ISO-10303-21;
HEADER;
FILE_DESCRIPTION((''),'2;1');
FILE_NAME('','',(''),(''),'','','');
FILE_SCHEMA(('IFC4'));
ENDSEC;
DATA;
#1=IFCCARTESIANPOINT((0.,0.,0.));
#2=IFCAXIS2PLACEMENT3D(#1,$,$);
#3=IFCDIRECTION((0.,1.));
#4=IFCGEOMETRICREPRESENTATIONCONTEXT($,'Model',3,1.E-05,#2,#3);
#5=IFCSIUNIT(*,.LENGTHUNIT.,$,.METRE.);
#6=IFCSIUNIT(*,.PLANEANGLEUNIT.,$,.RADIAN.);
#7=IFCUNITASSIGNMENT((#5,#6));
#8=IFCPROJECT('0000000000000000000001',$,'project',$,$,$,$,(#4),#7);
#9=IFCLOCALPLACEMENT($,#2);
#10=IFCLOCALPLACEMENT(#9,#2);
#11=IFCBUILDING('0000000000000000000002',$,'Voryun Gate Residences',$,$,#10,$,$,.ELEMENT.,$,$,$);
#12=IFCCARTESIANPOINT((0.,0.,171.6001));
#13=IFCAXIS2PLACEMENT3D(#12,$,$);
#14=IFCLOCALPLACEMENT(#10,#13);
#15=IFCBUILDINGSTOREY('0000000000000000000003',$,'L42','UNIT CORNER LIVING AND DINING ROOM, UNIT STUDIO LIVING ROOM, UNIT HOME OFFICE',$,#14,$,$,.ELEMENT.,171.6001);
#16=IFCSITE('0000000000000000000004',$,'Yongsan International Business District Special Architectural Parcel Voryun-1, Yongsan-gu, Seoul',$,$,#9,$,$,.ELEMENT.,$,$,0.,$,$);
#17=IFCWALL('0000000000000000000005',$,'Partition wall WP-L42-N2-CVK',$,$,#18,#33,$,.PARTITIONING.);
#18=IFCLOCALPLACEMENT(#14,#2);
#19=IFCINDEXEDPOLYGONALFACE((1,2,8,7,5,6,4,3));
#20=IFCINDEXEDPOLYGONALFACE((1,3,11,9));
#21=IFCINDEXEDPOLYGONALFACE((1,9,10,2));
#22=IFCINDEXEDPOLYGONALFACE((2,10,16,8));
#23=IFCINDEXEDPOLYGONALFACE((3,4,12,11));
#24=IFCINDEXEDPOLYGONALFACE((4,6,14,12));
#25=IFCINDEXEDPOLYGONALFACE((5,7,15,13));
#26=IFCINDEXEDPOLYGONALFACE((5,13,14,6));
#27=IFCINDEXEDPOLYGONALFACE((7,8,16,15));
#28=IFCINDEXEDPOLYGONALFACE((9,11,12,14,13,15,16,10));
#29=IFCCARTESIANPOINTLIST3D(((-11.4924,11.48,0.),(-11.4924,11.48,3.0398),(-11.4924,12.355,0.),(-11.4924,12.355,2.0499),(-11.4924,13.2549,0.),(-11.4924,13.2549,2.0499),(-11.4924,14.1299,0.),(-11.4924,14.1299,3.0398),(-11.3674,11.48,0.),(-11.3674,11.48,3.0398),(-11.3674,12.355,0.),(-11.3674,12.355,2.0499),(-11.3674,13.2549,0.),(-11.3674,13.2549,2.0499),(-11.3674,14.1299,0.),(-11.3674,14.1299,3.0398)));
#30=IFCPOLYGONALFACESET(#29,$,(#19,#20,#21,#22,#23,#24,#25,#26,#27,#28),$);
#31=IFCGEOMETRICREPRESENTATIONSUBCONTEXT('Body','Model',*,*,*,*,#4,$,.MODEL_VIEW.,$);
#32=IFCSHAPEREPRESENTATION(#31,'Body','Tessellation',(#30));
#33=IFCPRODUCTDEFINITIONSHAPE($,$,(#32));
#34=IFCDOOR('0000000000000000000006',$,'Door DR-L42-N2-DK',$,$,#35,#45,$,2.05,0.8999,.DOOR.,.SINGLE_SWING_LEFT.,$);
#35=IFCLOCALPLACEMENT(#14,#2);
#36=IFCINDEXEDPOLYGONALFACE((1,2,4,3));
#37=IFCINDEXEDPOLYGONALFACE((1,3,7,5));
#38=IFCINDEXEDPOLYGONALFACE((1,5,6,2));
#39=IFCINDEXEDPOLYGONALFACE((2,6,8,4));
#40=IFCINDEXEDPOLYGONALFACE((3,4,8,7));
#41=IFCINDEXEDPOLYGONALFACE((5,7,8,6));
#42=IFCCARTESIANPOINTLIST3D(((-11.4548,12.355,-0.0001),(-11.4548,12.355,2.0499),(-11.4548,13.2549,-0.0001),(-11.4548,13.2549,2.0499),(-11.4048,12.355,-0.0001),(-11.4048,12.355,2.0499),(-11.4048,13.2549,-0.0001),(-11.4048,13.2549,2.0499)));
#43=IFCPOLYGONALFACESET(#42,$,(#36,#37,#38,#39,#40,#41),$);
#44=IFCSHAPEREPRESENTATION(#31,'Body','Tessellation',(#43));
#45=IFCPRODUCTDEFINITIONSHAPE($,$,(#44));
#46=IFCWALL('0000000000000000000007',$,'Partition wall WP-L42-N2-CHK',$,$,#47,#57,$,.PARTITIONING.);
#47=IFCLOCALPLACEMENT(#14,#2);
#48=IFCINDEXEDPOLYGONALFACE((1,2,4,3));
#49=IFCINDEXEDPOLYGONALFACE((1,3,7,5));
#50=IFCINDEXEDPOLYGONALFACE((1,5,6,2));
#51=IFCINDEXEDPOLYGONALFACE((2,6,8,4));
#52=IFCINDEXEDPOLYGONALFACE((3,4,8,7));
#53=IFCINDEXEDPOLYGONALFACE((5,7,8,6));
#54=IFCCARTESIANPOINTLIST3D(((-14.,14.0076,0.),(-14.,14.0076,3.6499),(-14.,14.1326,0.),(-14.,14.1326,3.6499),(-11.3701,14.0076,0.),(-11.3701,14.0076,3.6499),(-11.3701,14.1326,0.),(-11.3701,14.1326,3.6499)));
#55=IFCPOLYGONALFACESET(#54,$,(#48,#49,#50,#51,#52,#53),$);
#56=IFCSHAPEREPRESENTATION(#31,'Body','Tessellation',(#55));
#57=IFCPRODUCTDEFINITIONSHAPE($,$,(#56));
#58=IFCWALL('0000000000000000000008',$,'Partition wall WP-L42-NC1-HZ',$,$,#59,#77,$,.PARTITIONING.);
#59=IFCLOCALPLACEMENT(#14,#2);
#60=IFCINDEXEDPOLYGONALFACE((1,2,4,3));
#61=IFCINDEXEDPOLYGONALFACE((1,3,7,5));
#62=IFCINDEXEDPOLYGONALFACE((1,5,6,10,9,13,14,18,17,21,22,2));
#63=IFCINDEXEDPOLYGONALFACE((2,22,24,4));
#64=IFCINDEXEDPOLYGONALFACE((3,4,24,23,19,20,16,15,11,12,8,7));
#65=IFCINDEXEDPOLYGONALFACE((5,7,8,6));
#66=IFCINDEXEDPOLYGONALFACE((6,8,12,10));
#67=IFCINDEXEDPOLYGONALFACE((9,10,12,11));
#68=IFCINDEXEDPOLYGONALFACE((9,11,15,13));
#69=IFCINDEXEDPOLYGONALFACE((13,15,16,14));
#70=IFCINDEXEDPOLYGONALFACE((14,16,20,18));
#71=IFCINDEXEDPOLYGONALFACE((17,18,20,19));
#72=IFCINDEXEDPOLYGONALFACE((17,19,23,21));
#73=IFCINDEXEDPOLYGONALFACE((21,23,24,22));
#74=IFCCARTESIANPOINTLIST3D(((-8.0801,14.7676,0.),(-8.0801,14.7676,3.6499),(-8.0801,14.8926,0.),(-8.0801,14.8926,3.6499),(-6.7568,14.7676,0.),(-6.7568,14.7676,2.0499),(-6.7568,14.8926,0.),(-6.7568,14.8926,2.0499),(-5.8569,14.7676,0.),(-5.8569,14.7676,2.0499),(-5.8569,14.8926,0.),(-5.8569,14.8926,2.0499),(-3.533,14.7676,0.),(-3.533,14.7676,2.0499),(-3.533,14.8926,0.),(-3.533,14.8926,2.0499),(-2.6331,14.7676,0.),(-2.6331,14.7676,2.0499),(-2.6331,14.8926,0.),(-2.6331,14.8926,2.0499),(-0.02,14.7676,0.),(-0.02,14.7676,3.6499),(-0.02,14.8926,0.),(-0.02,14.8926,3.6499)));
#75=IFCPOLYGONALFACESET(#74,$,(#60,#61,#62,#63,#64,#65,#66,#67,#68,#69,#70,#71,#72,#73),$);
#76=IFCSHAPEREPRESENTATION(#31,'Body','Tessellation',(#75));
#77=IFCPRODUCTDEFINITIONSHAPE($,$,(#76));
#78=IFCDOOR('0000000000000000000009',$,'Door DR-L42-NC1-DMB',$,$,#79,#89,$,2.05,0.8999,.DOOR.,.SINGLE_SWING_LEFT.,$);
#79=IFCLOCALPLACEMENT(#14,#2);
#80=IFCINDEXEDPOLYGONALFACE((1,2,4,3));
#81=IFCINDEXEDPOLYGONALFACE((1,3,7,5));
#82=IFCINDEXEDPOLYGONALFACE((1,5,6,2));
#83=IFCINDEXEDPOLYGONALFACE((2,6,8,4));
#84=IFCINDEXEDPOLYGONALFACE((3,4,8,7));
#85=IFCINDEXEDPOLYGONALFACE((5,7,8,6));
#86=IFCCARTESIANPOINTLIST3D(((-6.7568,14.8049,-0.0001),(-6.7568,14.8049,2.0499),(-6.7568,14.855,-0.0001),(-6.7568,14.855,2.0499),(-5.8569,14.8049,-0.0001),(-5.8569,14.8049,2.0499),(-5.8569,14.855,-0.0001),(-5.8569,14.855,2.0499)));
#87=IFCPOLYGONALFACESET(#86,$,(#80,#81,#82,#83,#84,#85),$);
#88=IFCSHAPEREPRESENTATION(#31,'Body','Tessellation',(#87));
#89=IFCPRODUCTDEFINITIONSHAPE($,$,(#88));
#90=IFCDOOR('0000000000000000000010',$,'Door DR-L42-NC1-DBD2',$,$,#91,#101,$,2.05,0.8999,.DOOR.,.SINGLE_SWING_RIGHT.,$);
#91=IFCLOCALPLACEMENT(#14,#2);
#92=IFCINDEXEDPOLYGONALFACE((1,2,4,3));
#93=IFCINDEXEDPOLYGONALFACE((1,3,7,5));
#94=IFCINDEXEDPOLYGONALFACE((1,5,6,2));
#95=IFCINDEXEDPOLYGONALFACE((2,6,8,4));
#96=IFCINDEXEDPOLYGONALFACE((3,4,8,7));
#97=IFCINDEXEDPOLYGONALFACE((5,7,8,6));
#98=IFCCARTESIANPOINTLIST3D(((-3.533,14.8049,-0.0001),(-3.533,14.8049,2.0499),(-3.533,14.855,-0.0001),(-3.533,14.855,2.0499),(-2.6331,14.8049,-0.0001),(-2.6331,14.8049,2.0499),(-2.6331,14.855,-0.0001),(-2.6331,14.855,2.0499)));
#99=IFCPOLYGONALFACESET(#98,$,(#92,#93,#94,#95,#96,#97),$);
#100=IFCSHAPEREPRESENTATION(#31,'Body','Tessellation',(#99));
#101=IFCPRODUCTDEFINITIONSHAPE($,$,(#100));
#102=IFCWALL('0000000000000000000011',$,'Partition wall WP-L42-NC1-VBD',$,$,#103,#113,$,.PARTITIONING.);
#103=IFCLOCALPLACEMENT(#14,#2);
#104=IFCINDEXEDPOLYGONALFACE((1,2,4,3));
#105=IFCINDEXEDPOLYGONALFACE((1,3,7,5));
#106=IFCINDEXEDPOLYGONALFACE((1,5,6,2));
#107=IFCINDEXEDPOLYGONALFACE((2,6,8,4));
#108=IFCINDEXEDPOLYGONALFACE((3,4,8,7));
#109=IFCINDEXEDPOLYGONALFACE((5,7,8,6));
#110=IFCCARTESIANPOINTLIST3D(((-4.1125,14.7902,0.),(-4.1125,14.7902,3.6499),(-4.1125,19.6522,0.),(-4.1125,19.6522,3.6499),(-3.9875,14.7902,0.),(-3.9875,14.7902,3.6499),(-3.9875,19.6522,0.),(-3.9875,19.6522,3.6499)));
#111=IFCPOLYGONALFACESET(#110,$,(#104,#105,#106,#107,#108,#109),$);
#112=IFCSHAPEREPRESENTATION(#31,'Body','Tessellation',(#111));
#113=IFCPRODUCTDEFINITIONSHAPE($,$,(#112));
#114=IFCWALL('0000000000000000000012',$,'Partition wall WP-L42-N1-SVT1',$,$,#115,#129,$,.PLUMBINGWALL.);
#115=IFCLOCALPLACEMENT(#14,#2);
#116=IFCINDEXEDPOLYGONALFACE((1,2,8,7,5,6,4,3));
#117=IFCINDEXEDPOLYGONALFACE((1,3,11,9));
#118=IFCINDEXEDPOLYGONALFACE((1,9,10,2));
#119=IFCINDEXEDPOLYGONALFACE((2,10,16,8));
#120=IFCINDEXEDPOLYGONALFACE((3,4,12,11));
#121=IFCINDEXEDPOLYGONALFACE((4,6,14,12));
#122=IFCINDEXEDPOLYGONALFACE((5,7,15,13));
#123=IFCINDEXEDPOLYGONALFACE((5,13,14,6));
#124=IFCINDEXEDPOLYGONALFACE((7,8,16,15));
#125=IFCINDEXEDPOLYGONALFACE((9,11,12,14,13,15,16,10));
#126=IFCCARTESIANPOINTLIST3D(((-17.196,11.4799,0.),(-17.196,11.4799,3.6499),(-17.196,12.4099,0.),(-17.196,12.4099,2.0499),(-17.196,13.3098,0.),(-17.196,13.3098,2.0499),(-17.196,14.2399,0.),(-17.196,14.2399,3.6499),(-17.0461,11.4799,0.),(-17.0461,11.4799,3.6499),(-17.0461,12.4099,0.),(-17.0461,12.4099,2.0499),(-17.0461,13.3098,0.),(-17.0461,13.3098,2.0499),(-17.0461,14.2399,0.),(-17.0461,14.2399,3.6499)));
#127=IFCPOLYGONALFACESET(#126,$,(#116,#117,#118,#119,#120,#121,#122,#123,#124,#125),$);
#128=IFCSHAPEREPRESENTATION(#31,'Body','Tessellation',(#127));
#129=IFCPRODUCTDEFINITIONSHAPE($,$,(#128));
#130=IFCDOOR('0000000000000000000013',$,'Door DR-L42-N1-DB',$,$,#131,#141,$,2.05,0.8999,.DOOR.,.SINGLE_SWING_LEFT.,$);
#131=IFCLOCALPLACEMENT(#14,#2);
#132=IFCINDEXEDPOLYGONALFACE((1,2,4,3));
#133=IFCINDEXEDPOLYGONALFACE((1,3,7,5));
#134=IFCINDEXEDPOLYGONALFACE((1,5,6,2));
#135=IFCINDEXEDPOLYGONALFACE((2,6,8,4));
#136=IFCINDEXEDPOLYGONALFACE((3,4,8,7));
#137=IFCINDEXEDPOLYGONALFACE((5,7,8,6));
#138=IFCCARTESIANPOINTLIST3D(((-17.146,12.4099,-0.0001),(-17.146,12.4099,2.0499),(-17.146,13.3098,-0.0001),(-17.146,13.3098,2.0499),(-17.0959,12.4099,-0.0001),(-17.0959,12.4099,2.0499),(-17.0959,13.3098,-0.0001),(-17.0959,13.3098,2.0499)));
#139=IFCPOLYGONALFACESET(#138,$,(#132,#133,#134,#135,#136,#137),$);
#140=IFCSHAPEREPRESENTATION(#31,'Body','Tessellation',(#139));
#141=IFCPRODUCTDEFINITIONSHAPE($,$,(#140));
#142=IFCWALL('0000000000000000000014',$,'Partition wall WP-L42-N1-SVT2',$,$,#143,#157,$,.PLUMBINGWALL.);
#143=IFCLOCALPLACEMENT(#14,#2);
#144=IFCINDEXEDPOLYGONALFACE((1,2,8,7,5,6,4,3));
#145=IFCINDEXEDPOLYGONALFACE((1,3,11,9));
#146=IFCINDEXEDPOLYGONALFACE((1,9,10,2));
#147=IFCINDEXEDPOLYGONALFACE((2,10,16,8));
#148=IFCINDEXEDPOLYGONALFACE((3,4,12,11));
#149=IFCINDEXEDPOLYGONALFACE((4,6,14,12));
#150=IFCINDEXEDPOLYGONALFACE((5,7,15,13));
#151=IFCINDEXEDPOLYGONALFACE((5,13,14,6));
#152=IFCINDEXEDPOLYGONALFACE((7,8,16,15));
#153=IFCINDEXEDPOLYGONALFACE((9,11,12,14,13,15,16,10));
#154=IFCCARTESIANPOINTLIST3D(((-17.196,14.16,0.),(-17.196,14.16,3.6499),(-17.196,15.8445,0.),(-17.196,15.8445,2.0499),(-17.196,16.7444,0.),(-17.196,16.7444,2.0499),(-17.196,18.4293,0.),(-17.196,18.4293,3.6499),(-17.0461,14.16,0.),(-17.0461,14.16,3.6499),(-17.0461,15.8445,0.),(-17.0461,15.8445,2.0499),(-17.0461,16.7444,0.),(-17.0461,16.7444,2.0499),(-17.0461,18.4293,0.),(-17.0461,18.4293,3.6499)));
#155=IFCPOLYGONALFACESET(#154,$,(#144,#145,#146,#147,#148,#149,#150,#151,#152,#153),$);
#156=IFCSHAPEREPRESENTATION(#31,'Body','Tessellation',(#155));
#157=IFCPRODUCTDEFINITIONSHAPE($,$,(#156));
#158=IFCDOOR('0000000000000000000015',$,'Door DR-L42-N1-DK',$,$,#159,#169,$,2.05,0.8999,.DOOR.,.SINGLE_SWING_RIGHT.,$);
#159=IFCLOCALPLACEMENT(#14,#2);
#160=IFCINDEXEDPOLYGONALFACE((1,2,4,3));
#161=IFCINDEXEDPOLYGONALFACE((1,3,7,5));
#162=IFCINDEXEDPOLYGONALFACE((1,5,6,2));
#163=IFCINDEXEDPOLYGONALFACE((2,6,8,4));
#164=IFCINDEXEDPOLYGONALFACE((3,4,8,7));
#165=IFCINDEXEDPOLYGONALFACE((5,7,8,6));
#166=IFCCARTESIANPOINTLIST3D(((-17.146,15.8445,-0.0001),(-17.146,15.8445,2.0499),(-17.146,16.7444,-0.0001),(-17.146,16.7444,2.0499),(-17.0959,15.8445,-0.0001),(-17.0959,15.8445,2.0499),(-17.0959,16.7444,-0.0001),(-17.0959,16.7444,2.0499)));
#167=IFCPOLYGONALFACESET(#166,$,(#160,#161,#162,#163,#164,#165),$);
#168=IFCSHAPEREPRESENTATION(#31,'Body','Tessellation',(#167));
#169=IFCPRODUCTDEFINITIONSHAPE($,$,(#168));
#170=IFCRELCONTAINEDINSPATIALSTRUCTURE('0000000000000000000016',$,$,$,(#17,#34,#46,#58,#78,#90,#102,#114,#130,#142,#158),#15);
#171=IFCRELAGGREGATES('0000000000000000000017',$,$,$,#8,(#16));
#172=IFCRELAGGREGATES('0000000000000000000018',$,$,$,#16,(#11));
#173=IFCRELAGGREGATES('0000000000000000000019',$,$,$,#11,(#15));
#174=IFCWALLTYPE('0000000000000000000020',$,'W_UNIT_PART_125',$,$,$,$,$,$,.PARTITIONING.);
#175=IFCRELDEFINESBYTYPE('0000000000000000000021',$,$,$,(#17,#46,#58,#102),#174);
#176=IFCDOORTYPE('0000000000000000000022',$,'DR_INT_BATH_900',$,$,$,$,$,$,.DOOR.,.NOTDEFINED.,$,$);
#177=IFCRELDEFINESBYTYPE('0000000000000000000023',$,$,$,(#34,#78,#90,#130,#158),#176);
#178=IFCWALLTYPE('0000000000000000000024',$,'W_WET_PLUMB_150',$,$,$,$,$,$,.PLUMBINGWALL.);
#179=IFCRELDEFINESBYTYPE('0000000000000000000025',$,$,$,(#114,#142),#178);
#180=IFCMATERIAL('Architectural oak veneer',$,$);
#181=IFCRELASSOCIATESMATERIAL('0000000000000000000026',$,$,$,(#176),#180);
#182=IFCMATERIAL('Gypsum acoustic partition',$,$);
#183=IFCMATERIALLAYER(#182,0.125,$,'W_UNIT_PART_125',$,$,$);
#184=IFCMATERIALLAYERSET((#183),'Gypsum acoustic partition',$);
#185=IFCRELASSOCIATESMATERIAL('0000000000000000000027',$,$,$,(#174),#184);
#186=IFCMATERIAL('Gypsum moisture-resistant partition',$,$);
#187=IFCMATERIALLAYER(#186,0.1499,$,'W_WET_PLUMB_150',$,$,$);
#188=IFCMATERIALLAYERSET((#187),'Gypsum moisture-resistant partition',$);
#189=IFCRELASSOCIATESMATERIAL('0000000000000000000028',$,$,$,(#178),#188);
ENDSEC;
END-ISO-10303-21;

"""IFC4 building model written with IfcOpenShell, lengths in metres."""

from ifc_helpers import new_model, si_unit, direction, frame, frame_2d, origin, place, context, subcontext, project, spatial, rectangle, extrude, material, layer, layer_set, type_object, element, fill, save


model = new_model("IFC4")

# Units and contexts
model_context = context("Model", 3, precision=1e-05, world=origin(), true_north=direction((0.0, 1.0)))
body_context = subcontext(model_context, "Body", "Model", "MODEL_VIEW")
ifc_project = project(units=[si_unit("LENGTHUNIT", "METRE"), si_unit("PLANEANGLEUNIT", "RADIAN")], contexts=[model_context])

# Site, building, storey
site_placement = place(None, origin())
site = spatial("IfcSite", under=ifc_project, at=site_placement, Name="Yongsan International Business District Special Architectural Parcel Voryun-1, Yongsan-gu, Seoul", CompositionType="ELEMENT", RefElevation=0.0)
building_placement = place(site_placement, origin())
building = spatial("IfcBuilding", under=site, at=building_placement, Name="Voryun Gate Residences", CompositionType="ELEMENT")
storey_placement = place(building_placement, frame((0.0, 0.0, 171.6001)))
storey = spatial("IfcBuildingStorey", under=building, at=storey_placement, Name="L42", Description="UNIT CORNER LIVING AND DINING ROOM, UNIT STUDIO LIVING ROOM, UNIT HOME OFFICE", CompositionType="ELEMENT", Elevation=171.6001)

# Shared definitions
ifc_material_1 = material(Name="Architectural oak veneer")
door_type = type_object("IfcDoorType", Name="DR_INT_BATH_900", OperationType="NOTDEFINED", PredefinedType="DOOR", material=ifc_material_1)

# Wall, opening, door
ifc_material_2 = material(Name="Gypsum acoustic partition")
ifc_layer_1 = layer(ifc_material_2, 0.125, Name="W_UNIT_PART_125")
ifc_layer_set_1 = layer_set([ifc_layer_1], Name="Gypsum acoustic partition")
wall_type_1 = type_object("IfcWallType", Name="W_UNIT_PART_125", PredefinedType="PARTITIONING", material=ifc_layer_set_1)
wall_1_placement = place(storey_placement, frame((-11.4299, 11.48, 0.0), z_axis=(0.0, 0.0, 1.0), x_axis=(0.0, 1.0, 0.0)))
wall_1 = element("IfcWall", 1, at=wall_1_placement, inside=storey, type_object=wall_type_1, Name="Partition wall WP-L42-N2-CVK", PredefinedType="PARTITIONING", context=body_context, shape_type="SweptSolid", body=[
    extrude(rectangle(XDim=2.6499, YDim=0.125, at=frame_2d((1.325, 0.0))), origin(), (0.0, 0.0, 1.0), 3.0398),
])
opening_1_placement = place(wall_1_placement, frame((0.875, 0.0, 0.0)))
opening_1 = element("IfcOpeningElement", 2, at=opening_1_placement, cuts=wall_1, PredefinedType="OPENING", context=body_context, shape_type="SweptSolid", body=[
    extrude(rectangle(XDim=0.8999, YDim=2.05, at=frame_2d((0.45, 1.0249))), frame((0.0, 0.0725, 0.0), z_axis=(0.0, -1.0, 0.0), x_axis=(1.0, 0.0, 0.0)), (0.0, 0.0, 1.0), 0.145),
])
door_1_placement = place(opening_1_placement, origin())
door_1 = element("IfcDoor", 3, at=door_1_placement, inside=storey, type_object=door_type, Name="Door DR-L42-N2-DK", OperationType="SINGLE_SWING_LEFT", OverallHeight=2.05, OverallWidth=0.8999, PredefinedType="DOOR", context=body_context, shape_type="SweptSolid", body=[
    extrude(rectangle(XDim=0.8999, YDim=2.05, at=frame_2d((0.45, 1.0249))), frame((0.0, 0.0249, 0.0), z_axis=(0.0, -1.0, 0.0), x_axis=(1.0, 0.0, 0.0)), (0.0, 0.0, 1.0), 0.05),
])
fill(opening_1, door_1)

# Wall
wall_2_placement = place(storey_placement, frame((-14.0, 14.0701, 0.0), z_axis=(0.0, 0.0, 1.0), x_axis=(1.0, 0.0, 0.0)))
element("IfcWall", 4, at=wall_2_placement, inside=storey, type_object=wall_type_1, Name="Partition wall WP-L42-N2-CHK", PredefinedType="PARTITIONING", context=body_context, shape_type="SweptSolid", body=[
    extrude(rectangle(XDim=2.6299, YDim=0.125, at=frame_2d((1.3149, 0.0))), origin(), (0.0, 0.0, 1.0), 3.6499),
])

# Wall, openings, doors
wall_3_placement = place(storey_placement, frame((-8.0801, 14.8301, 0.0), z_axis=(0.0, 0.0, 1.0), x_axis=(1.0, 0.0, 0.0)))
wall_3 = element("IfcWall", 5, at=wall_3_placement, inside=storey, type_object=wall_type_1, Name="Partition wall WP-L42-NC1-HZ", PredefinedType="PARTITIONING", context=body_context, shape_type="SweptSolid", body=[
    extrude(rectangle(XDim=8.0601, YDim=0.125, at=frame_2d((4.03, 0.0))), origin(), (0.0, 0.0, 1.0), 3.6499),
])
opening_2_placement = place(wall_3_placement, frame((1.3232, 0.0, 0.0)))
opening_2 = element("IfcOpeningElement", 6, at=opening_2_placement, cuts=wall_3, PredefinedType="OPENING", context=body_context, shape_type="SweptSolid", body=[
    extrude(rectangle(XDim=0.8999, YDim=2.05, at=frame_2d((0.45, 1.0249))), frame((0.0, 0.0725, 0.0), z_axis=(0.0, -1.0, 0.0), x_axis=(1.0, 0.0, 0.0)), (0.0, 0.0, 1.0), 0.145),
])
opening_3_placement = place(wall_3_placement, frame((4.5471, 0.0, 0.0)))
opening_3 = element("IfcOpeningElement", 7, at=opening_3_placement, cuts=wall_3, PredefinedType="OPENING", context=body_context, shape_type="SweptSolid", body=[
    extrude(rectangle(XDim=0.8999, YDim=2.05, at=frame_2d((0.45, 1.0249))), frame((0.0, 0.0725, 0.0), z_axis=(0.0, -1.0, 0.0), x_axis=(1.0, 0.0, 0.0)), (0.0, 0.0, 1.0), 0.145),
])
door_2_placement = place(opening_2_placement, origin())
door_2 = element("IfcDoor", 8, at=door_2_placement, inside=storey, type_object=door_type, Name="Door DR-L42-NC1-DMB", OperationType="SINGLE_SWING_LEFT", OverallHeight=2.05, OverallWidth=0.8999, PredefinedType="DOOR", context=body_context, shape_type="SweptSolid", body=[
    extrude(rectangle(XDim=0.8999, YDim=2.05, at=frame_2d((0.45, 1.0249))), frame((0.0, 0.0249, 0.0), z_axis=(0.0, -1.0, 0.0), x_axis=(1.0, 0.0, 0.0)), (0.0, 0.0, 1.0), 0.05),
])
fill(opening_2, door_2)
door_3_placement = place(opening_3_placement, origin())
door_3 = element("IfcDoor", 9, at=door_3_placement, inside=storey, type_object=door_type, Name="Door DR-L42-NC1-DBD2", OperationType="SINGLE_SWING_RIGHT", OverallHeight=2.05, OverallWidth=0.8999, PredefinedType="DOOR", context=body_context, shape_type="SweptSolid", body=[
    extrude(rectangle(XDim=0.8999, YDim=2.05, at=frame_2d((0.45, 1.0249))), frame((0.0, 0.0249, 0.0), z_axis=(0.0, -1.0, 0.0), x_axis=(1.0, 0.0, 0.0)), (0.0, 0.0, 1.0), 0.05),
])
fill(opening_3, door_3)

# Wall
wall_4_placement = place(storey_placement, frame((-4.05, 14.79, 0.0), z_axis=(0.0, 0.0, 1.0), x_axis=(0.0, 1.0, 0.0)))
element("IfcWall", 10, at=wall_4_placement, inside=storey, type_object=wall_type_1, Name="Partition wall WP-L42-NC1-VBD", PredefinedType="PARTITIONING", context=body_context, shape_type="SweptSolid", body=[
    extrude(rectangle(XDim=4.8621, YDim=0.125, at=frame_2d((2.4312, 0.0))), origin(), (0.0, 0.0, 1.0), 3.6499),
])

# Walls, openings, doors
ifc_material_3 = material(Name="Gypsum moisture-resistant partition")
ifc_layer_2 = layer(ifc_material_3, 0.1499, Name="W_WET_PLUMB_150")
ifc_layer_set_2 = layer_set([ifc_layer_2], Name="Gypsum moisture-resistant partition")
wall_type_2 = type_object("IfcWallType", Name="W_WET_PLUMB_150", PredefinedType="PLUMBINGWALL", material=ifc_layer_set_2)
wall_5_placement = place(storey_placement, frame((-17.1211, 11.48, 0.0), z_axis=(0.0, 0.0, 1.0), x_axis=(0.0, 1.0, 0.0)))
wall_5 = element("IfcWall", 11, at=wall_5_placement, inside=storey, type_object=wall_type_2, Name="Partition wall WP-L42-N1-SVT1", PredefinedType="PLUMBINGWALL", context=body_context, shape_type="SweptSolid", body=[
    extrude(rectangle(XDim=2.76, YDim=0.1499, at=frame_2d((1.3799, 0.0))), origin(), (0.0, 0.0, 1.0), 3.6499),
])
opening_4_placement = place(wall_5_placement, frame((0.9299, 0.0, 0.0)))
opening_4 = element("IfcOpeningElement", 12, at=opening_4_placement, cuts=wall_5, PredefinedType="OPENING", context=body_context, shape_type="SweptSolid", body=[
    extrude(rectangle(XDim=0.8999, YDim=2.05, at=frame_2d((0.45, 1.0249))), frame((0.0, 0.085, 0.0), z_axis=(0.0, -1.0, 0.0), x_axis=(1.0, 0.0, 0.0)), (0.0, 0.0, 1.0), 0.1699),
])
door_4_placement = place(opening_4_placement, origin())
door_4 = element("IfcDoor", 13, at=door_4_placement, inside=storey, type_object=door_type, Name="Door DR-L42-N1-DB", OperationType="SINGLE_SWING_LEFT", OverallHeight=2.05, OverallWidth=0.8999, PredefinedType="DOOR", context=body_context, shape_type="SweptSolid", body=[
    extrude(rectangle(XDim=0.8999, YDim=2.05, at=frame_2d((0.45, 1.0249))), frame((0.0, 0.0249, 0.0), z_axis=(0.0, -1.0, 0.0), x_axis=(1.0, 0.0, 0.0)), (0.0, 0.0, 1.0), 0.05),
])
fill(opening_4, door_4)
wall_6_placement = place(storey_placement, frame((-17.1211, 14.1599, 0.0), z_axis=(0.0, 0.0, 1.0), x_axis=(0.0, 1.0, 0.0)))
wall_6 = element("IfcWall", 14, at=wall_6_placement, inside=storey, type_object=wall_type_2, Name="Partition wall WP-L42-N1-SVT2", PredefinedType="PLUMBINGWALL", context=body_context, shape_type="SweptSolid", body=[
    extrude(rectangle(XDim=4.2693, YDim=0.1499, at=frame_2d((2.1348, 0.0))), origin(), (0.0, 0.0, 1.0), 3.6499),
])
opening_5_placement = place(wall_6_placement, frame((1.6846, 0.0, 0.0)))
opening_5 = element("IfcOpeningElement", 15, at=opening_5_placement, cuts=wall_6, PredefinedType="OPENING", context=body_context, shape_type="SweptSolid", body=[
    extrude(rectangle(XDim=0.8999, YDim=2.05, at=frame_2d((0.45, 1.0249))), frame((0.0, 0.085, 0.0), z_axis=(0.0, -1.0, 0.0), x_axis=(1.0, 0.0, 0.0)), (0.0, 0.0, 1.0), 0.1699),
])
door_5_placement = place(opening_5_placement, origin())
door_5 = element("IfcDoor", 16, at=door_5_placement, inside=storey, type_object=door_type, Name="Door DR-L42-N1-DK", OperationType="SINGLE_SWING_RIGHT", OverallHeight=2.05, OverallWidth=0.8999, PredefinedType="DOOR", context=body_context, shape_type="SweptSolid", body=[
    extrude(rectangle(XDim=0.8999, YDim=2.05, at=frame_2d((0.45, 1.0249))), frame((0.0, 0.0249, 0.0), z_axis=(0.0, -1.0, 0.0), x_axis=(1.0, 0.0, 0.0)), (0.0, 0.0, 1.0), 0.05),
])
fill(opening_5, door_5)

save(model, "model.ifc")
